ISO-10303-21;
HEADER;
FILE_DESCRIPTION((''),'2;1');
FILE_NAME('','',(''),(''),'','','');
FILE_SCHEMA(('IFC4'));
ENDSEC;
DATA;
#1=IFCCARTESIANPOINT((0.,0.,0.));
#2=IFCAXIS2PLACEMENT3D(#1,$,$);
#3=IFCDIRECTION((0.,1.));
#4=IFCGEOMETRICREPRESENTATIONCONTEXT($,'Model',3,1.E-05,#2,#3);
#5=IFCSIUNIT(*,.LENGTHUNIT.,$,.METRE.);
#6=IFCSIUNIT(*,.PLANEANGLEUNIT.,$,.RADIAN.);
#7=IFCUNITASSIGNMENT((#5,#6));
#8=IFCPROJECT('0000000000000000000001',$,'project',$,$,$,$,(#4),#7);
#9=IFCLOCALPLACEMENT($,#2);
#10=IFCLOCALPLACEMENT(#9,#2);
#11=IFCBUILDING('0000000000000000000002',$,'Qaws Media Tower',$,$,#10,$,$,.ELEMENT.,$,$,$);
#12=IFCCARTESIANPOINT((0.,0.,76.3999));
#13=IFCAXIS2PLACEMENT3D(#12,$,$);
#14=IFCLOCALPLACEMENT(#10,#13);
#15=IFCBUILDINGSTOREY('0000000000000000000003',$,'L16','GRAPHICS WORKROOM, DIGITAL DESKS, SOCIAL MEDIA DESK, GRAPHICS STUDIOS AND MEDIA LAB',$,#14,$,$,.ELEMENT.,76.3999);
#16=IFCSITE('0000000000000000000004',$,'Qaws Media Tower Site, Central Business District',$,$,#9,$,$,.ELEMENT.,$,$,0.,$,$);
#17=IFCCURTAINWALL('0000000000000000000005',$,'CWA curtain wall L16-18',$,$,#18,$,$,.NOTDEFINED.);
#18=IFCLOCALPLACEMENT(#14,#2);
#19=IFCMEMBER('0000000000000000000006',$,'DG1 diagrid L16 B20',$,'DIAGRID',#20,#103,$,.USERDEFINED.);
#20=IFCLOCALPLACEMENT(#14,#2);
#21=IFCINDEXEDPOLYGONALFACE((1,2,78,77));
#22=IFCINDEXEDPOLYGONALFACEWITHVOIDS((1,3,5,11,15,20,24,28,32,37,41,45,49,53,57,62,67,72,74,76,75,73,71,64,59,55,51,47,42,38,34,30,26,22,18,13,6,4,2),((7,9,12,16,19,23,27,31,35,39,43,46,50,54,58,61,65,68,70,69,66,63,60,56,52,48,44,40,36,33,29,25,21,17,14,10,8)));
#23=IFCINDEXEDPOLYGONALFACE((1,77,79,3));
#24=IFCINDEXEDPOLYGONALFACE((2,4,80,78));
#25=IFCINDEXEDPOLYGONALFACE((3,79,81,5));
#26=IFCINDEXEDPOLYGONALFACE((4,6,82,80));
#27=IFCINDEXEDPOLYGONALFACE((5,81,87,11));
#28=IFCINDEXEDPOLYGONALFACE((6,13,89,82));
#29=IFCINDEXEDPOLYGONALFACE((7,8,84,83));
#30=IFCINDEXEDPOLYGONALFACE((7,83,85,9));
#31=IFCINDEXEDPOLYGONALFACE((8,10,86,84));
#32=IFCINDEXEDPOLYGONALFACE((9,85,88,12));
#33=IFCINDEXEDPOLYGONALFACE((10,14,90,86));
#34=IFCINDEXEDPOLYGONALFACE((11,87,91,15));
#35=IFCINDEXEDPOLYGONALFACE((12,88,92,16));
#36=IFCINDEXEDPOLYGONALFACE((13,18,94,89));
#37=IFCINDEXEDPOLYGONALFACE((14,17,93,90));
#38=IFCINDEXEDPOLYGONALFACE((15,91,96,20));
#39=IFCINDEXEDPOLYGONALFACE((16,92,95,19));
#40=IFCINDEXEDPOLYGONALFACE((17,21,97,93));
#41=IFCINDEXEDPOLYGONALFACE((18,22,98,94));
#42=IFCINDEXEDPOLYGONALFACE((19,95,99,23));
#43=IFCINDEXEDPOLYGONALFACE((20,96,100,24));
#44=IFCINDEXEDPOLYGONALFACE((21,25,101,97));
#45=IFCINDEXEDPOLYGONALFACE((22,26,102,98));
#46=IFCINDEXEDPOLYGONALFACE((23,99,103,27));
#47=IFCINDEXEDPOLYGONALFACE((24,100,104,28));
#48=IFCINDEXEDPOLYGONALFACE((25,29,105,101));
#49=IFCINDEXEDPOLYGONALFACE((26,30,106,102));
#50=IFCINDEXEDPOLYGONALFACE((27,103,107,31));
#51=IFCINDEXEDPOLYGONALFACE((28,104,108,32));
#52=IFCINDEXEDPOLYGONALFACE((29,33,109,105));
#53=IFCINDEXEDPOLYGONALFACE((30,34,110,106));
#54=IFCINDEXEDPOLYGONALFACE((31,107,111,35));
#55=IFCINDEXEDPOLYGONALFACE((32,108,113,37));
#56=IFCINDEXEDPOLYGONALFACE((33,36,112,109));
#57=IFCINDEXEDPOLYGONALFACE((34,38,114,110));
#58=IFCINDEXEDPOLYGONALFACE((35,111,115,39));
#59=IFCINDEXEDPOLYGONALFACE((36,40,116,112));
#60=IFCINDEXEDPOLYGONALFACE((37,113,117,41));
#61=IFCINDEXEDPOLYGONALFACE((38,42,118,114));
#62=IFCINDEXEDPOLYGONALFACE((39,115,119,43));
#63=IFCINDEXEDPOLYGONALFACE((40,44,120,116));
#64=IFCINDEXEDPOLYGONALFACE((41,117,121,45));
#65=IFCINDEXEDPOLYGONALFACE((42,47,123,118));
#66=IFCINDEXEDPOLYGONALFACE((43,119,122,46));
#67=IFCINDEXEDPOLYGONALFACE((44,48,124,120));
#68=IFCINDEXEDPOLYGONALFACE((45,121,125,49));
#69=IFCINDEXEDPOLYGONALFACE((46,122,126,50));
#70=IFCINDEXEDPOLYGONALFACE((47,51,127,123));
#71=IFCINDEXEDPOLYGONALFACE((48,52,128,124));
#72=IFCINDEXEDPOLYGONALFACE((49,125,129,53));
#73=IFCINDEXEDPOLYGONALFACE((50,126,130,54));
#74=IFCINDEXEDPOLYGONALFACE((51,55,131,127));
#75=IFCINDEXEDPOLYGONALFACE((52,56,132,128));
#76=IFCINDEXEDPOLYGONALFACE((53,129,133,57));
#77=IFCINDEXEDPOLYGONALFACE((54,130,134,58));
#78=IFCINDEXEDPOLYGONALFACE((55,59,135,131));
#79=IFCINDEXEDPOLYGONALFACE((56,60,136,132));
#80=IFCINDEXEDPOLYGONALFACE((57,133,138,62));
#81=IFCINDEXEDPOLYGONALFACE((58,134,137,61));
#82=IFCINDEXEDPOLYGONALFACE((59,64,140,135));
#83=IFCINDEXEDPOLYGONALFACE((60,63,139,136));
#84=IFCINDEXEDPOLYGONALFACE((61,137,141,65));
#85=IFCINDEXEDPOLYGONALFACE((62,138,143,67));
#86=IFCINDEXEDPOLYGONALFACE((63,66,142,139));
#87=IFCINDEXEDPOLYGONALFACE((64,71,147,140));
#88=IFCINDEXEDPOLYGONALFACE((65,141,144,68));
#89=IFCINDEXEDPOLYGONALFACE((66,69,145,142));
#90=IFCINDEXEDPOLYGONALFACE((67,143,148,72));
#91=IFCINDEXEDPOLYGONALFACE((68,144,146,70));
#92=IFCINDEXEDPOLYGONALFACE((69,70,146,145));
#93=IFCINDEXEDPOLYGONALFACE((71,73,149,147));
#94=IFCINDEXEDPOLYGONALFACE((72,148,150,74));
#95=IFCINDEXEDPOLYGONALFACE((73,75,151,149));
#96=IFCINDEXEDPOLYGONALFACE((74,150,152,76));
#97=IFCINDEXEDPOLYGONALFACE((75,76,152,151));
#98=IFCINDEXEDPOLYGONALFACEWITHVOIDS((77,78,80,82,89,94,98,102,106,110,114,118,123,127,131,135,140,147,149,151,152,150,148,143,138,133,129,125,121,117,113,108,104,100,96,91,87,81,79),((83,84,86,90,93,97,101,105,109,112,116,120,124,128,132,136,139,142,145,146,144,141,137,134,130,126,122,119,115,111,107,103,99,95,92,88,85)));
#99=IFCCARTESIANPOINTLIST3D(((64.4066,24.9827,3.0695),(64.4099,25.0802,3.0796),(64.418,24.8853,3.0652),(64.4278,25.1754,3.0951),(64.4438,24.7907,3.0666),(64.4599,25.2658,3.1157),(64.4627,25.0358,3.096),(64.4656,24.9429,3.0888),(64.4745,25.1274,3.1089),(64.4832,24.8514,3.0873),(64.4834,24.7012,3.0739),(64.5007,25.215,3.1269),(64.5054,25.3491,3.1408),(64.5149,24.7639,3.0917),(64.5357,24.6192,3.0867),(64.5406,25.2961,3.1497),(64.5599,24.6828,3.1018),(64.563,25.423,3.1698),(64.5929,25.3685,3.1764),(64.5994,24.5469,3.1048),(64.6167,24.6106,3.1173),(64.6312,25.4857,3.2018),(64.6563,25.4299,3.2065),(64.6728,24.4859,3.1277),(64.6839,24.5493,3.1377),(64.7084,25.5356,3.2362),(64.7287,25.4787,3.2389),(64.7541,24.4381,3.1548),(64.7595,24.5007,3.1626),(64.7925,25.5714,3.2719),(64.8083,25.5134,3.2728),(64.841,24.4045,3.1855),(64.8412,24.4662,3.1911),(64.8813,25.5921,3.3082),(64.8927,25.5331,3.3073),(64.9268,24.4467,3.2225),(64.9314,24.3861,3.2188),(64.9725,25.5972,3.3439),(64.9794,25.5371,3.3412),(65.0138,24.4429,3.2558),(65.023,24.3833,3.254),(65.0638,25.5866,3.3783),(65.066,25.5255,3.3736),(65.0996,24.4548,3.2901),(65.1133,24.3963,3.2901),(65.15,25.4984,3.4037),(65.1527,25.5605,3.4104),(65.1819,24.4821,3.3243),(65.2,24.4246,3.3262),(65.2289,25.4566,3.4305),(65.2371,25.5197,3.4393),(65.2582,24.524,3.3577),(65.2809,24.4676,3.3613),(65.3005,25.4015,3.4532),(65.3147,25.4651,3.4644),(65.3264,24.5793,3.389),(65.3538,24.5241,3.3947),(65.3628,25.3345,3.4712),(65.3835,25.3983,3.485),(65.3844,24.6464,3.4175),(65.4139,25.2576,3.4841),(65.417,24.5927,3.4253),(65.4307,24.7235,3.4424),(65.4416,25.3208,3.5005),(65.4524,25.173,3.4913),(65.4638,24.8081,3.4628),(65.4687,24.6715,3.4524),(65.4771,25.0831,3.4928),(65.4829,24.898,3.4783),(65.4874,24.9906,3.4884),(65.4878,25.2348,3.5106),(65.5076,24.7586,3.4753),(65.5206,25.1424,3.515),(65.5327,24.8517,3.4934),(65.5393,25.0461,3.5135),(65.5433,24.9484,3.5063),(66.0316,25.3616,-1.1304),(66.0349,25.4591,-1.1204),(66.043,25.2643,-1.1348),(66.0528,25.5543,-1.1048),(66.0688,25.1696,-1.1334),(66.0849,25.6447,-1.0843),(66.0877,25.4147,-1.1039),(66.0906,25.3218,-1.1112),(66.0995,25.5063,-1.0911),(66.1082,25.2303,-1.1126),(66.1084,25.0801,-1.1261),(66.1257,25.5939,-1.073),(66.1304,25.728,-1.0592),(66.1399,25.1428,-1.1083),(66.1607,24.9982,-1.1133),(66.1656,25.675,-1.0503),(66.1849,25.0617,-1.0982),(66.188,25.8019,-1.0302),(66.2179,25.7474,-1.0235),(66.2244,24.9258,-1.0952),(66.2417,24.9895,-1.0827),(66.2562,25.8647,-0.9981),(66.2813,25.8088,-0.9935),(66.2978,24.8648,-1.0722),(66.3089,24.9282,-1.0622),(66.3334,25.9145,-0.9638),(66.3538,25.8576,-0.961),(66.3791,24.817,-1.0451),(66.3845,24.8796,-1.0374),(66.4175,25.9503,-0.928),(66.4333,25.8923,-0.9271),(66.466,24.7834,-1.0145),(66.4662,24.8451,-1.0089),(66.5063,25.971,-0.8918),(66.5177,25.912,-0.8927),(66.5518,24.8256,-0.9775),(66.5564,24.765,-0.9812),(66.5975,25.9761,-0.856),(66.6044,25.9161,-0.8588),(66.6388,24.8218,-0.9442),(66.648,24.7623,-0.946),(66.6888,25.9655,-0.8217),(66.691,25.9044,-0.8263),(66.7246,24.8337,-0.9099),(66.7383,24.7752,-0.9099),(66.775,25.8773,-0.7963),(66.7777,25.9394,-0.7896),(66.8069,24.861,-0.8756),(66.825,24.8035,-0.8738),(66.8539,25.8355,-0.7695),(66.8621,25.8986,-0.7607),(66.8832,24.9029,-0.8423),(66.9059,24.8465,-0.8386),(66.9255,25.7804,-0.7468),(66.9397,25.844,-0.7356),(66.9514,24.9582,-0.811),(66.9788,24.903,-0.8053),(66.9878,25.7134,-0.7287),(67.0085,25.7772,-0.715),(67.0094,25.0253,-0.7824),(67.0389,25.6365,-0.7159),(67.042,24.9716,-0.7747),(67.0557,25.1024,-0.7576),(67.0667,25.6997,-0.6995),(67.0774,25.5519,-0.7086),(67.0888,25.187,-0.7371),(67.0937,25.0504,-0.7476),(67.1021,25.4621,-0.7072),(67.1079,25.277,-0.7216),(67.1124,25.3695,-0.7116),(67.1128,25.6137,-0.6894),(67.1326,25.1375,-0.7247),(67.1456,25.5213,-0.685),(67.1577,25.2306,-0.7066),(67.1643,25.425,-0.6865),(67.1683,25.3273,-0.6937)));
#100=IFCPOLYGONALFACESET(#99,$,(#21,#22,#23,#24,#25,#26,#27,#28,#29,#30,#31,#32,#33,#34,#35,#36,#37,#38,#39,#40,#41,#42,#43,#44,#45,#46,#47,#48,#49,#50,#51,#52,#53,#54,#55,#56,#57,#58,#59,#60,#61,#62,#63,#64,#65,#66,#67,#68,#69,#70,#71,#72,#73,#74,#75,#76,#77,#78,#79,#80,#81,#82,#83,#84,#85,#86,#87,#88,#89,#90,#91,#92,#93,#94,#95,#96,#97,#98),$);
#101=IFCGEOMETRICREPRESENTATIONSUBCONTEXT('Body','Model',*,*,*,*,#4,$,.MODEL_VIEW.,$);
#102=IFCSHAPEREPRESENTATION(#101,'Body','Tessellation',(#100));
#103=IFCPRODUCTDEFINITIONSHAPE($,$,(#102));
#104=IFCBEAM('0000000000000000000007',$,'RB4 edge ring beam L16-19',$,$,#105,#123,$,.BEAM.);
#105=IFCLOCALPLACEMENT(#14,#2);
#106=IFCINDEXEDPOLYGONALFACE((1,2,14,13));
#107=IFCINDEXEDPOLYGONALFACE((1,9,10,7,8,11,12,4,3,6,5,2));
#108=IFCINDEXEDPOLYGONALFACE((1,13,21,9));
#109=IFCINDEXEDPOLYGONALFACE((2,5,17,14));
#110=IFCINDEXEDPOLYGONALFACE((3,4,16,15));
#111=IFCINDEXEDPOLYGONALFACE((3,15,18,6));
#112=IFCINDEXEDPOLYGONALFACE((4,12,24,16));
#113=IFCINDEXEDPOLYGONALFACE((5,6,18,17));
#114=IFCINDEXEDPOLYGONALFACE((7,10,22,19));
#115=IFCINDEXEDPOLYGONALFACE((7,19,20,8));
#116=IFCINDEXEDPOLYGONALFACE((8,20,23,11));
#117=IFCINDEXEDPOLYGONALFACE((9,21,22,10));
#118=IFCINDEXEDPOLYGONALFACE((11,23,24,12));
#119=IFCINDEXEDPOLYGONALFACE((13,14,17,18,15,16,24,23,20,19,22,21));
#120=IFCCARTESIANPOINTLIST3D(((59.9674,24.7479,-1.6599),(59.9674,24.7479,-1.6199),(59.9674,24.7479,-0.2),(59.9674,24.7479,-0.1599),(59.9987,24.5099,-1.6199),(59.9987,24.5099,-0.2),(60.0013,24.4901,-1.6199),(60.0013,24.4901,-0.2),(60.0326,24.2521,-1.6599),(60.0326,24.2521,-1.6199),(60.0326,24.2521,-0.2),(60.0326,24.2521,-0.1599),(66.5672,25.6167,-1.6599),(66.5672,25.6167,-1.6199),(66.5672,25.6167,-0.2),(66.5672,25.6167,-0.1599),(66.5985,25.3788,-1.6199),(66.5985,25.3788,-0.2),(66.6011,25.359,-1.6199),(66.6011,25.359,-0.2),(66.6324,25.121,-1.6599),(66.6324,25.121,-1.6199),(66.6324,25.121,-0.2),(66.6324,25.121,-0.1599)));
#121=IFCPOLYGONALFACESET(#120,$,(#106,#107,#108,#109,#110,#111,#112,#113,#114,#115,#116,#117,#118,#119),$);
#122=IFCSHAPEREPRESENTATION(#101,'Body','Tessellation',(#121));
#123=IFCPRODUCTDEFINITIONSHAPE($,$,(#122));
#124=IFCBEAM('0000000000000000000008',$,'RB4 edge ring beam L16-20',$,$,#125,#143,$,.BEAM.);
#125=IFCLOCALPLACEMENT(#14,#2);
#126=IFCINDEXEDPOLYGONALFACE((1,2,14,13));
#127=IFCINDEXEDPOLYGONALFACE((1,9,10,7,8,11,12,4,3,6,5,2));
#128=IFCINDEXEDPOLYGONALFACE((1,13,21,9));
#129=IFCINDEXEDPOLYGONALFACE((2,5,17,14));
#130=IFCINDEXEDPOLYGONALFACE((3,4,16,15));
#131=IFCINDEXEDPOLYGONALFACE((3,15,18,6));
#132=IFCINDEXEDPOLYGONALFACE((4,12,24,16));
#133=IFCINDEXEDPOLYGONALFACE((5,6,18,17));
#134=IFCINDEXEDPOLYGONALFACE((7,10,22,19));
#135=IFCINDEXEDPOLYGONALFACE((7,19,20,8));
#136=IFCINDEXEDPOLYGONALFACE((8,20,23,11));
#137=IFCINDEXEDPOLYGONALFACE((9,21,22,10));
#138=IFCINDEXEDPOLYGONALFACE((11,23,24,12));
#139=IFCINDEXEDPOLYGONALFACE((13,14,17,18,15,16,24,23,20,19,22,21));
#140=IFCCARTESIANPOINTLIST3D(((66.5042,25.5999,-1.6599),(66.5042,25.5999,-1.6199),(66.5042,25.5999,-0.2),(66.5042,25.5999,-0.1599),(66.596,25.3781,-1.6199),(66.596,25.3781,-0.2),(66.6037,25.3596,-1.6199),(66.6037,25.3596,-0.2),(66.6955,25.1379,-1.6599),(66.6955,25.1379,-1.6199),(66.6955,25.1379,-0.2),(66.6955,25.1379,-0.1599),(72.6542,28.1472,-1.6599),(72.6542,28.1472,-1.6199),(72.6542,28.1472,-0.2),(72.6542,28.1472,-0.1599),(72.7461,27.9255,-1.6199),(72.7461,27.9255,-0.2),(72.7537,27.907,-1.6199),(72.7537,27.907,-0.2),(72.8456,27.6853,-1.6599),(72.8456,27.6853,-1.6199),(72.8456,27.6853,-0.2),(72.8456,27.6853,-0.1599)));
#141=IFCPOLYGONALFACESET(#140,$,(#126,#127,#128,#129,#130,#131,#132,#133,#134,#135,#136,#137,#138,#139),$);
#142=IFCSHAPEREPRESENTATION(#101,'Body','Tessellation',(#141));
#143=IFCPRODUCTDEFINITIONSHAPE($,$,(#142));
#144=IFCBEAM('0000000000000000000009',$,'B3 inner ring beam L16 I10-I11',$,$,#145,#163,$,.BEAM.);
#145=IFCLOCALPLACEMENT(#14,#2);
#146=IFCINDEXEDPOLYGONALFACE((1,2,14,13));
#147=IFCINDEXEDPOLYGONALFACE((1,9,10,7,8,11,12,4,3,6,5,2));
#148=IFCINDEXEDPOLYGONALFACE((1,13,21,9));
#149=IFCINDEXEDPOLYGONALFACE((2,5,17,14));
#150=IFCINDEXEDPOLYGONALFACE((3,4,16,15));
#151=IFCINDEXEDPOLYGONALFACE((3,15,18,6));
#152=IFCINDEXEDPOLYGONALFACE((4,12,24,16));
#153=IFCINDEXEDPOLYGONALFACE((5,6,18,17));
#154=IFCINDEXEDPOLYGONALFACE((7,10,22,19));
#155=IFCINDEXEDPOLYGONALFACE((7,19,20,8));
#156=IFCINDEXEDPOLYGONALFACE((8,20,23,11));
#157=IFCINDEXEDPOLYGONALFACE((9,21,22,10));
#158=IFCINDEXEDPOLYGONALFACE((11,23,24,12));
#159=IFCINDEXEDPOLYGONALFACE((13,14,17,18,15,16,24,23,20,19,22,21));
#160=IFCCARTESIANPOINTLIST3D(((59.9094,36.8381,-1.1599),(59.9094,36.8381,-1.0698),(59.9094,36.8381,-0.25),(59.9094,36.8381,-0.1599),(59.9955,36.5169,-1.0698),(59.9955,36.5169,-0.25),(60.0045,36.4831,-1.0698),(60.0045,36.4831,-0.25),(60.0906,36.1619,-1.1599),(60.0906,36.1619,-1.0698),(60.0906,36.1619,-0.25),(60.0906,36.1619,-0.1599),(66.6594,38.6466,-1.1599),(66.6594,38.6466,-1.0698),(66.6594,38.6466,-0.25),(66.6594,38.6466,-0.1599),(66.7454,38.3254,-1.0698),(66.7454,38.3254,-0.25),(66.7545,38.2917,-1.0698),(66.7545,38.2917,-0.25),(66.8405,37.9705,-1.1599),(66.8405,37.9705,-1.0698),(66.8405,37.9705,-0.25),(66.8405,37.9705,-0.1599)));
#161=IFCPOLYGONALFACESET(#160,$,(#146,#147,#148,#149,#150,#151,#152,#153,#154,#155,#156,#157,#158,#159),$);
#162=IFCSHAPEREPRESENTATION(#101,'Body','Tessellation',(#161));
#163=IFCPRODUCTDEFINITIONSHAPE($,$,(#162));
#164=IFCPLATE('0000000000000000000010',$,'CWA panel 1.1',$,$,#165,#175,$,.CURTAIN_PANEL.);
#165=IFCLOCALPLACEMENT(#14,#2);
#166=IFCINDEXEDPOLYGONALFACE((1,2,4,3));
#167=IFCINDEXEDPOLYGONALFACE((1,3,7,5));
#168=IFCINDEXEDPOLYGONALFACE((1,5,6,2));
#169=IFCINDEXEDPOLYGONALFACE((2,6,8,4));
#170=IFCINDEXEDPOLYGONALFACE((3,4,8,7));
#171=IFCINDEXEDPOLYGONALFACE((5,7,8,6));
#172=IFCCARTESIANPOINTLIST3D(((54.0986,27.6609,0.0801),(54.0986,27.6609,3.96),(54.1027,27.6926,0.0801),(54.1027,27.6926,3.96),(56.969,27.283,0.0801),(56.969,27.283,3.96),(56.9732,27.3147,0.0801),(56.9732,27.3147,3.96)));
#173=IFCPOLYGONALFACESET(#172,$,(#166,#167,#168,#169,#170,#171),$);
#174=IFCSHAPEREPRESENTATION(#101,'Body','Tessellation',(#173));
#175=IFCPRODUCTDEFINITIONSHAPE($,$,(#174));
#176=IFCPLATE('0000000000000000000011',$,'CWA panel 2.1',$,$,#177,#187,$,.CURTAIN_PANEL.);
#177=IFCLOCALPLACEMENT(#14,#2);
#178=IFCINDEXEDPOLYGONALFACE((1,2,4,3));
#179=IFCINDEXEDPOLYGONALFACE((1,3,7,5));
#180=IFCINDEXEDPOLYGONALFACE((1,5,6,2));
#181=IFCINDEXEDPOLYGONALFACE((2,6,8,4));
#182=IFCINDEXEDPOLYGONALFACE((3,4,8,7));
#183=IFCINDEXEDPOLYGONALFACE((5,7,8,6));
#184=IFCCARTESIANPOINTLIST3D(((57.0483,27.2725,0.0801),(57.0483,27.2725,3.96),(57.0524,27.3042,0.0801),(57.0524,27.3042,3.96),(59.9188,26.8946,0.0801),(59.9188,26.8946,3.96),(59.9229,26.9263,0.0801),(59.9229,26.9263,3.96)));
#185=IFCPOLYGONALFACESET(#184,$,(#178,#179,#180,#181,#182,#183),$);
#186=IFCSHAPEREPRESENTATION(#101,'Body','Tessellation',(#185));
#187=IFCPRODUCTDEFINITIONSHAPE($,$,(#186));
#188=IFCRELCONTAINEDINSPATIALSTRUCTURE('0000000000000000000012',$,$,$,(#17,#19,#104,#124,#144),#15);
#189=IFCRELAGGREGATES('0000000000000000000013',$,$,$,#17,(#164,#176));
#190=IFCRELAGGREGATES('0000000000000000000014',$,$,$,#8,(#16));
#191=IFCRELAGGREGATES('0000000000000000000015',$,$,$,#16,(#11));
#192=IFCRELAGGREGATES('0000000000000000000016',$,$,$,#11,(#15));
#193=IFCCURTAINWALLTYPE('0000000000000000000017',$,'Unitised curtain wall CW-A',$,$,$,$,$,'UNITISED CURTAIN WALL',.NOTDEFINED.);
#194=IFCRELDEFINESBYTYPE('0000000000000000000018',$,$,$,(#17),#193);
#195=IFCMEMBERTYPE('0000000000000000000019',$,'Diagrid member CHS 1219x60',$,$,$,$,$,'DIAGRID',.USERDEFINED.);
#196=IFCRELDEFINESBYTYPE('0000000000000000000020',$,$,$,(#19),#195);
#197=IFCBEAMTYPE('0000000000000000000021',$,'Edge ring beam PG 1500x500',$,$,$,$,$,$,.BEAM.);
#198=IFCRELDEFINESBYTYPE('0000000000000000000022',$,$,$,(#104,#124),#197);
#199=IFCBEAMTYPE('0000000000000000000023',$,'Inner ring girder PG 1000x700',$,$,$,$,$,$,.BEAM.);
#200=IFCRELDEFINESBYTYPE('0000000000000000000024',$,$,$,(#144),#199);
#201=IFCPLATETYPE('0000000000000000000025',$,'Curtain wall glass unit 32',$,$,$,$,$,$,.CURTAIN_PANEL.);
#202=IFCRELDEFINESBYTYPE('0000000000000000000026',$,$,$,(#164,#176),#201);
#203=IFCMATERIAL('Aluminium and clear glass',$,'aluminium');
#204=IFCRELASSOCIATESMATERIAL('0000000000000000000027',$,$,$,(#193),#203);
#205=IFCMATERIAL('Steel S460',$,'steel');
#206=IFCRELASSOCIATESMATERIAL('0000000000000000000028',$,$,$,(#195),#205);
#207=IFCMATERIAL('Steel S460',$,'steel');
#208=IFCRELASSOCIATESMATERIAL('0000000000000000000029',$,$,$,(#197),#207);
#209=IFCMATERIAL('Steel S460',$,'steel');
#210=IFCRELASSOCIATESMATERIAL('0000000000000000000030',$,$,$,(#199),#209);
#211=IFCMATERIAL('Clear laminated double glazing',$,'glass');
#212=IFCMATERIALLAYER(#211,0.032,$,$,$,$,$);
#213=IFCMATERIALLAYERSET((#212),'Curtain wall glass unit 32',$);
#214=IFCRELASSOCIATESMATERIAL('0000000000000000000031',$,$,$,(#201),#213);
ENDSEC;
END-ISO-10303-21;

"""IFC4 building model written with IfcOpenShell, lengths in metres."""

from ifc_helpers import new_model, si_unit, direction, frame, origin, origin_2d, place, context, subcontext, project, spatial, rectangle, hollow_circle, i_section, extrude, material, layer, layer_set, material_profile, profile_set, type_object, element, aggregate, save


model = new_model("IFC4")

# Units and contexts
model_context = context("Model", 3, precision=1e-05, world=origin(), true_north=direction((0.0, 1.0)))
body_context = subcontext(model_context, "Body", "Model", "MODEL_VIEW")
ifc_project = project(units=[si_unit("LENGTHUNIT", "METRE"), si_unit("PLANEANGLEUNIT", "RADIAN")], contexts=[model_context])

# Site, building, storey
site_placement = place(None, origin())
site = spatial("IfcSite", under=ifc_project, at=site_placement, Name="Qaws Media Tower Site, Central Business District", CompositionType="ELEMENT", RefElevation=0.0)
building_placement = place(site_placement, origin())
building = spatial("IfcBuilding", under=site, at=building_placement, Name="Qaws Media Tower", CompositionType="ELEMENT")
storey_placement = place(building_placement, frame((0.0, 0.0, 76.3999)))
storey = spatial("IfcBuildingStorey", under=building, at=storey_placement, Name="L16", Description="GRAPHICS WORKROOM, DIGITAL DESKS, SOCIAL MEDIA DESK, GRAPHICS STUDIOS AND MEDIA LAB", CompositionType="ELEMENT", Elevation=76.3999)

# Curtain wall
ifc_material_1 = material(Name="Aluminium and clear glass", Category="aluminium")
curtain_wall_type = type_object("IfcCurtainWallType", Name="Unitised curtain wall CW-A", ElementType="UNITISED CURTAIN WALL", PredefinedType="NOTDEFINED", material=ifc_material_1)
curtain_wall_1_placement = place(storey_placement, origin())
curtain_wall_1 = element("IfcCurtainWall", 1, at=curtain_wall_1_placement, inside=storey, type_object=curtain_wall_type, Name="CWA curtain wall L16-18", PredefinedType="NOTDEFINED")

# Member
ifc_material_2 = material(Name="Steel S460", Category="steel")
ifc_material_profile_1 = material_profile(ifc_material_2, hollow_circle(Radius=0.6096, WallThickness=0.0601, at=origin_2d()), Name="CHS 1219x60")
ifc_profile_set_1 = profile_set([ifc_material_profile_1], Name="Steel S460")
member_type_1 = type_object("IfcMemberType", Name="Diagrid member CHS 1219x60", ElementType="DIAGRID", PredefinedType="USERDEFINED", material=ifc_profile_set_1)
for number, where, z_axis, x_axis, name in (
    (2, (66.5999, 25.3689, -0.9099), (-0.359571, -0.083842, 0.929343), (0.227082, -0.973876, 0.0), "DG1 diagrid L16 B20"),
):
    element("IfcMember", number, at=place(storey_placement, frame(where, z_axis=z_axis, x_axis=x_axis)), inside=storey, type_object=member_type_1, Name=name, ObjectType="DIAGRID", PredefinedType="USERDEFINED", context=body_context, shape_type="SweptSolid", body=[
        extrude(hollow_circle(Radius=0.6096, WallThickness=0.0601, at=origin_2d()), origin(), (0.0, 0.0, 1.0), 4.5193),
    ])

# Beams
ifc_material_3 = material(Name="Steel S460", Category="steel")
ifc_material_profile_2 = material_profile(ifc_material_3, i_section(OverallWidth=0.5, OverallDepth=1.5, WebThickness=0.02, FlangeThickness=0.04, at=origin_2d()), Name="PG 1500x500")
ifc_profile_set_2 = profile_set([ifc_material_profile_2], Name="Steel S460")
beam_type_1 = type_object("IfcBeamType", Name="Edge ring beam PG 1500x500", PredefinedType="BEAM", material=ifc_profile_set_2)
for number, where, z_axis, x_axis, name in (
    (3, (60.0, 24.5, -0.9099), (0.991445, 0.130528, 0.0), (-0.130528, 0.991445, 0.0), "RB4 edge ring beam L16-19"),
    (4, (66.5999, 25.3689, -0.9099), (0.923885, 0.382669, 0.0), (-0.382669, 0.923885, 0.0), "RB4 edge ring beam L16-20"),
):
    element("IfcBeam", number, at=place(storey_placement, frame(where, z_axis=z_axis, x_axis=x_axis)), inside=storey, type_object=beam_type_1, Name=name, PredefinedType="BEAM", context=body_context, shape_type="SweptSolid", body=[
        extrude(i_section(OverallWidth=0.5, OverallDepth=1.5, WebThickness=0.02, FlangeThickness=0.04, at=origin_2d()), origin(), (0.0, 0.0, 1.0), 6.6567),
    ])
ifc_material_4 = material(Name="Steel S460", Category="steel")
ifc_material_profile_3 = material_profile(ifc_material_4, i_section(OverallWidth=0.7, OverallDepth=1.0, WebThickness=0.0349, FlangeThickness=0.0901, at=origin_2d()), Name="PG 1000x700")
ifc_profile_set_3 = profile_set([ifc_material_profile_3], Name="Steel S460")
beam_type_2 = type_object("IfcBeamType", Name="Inner ring girder PG 1000x700", PredefinedType="BEAM", material=ifc_profile_set_3)
beam_placement = place(storey_placement, frame((60.0, 36.5, -0.6599), z_axis=(0.965928, 0.258811, 0.0), x_axis=(-0.258811, 0.965928, 0.0)))
element("IfcBeam", 5, at=beam_placement, inside=storey, type_object=beam_type_2, Name="B3 inner ring beam L16 I10-I11", PredefinedType="BEAM", context=body_context, shape_type="SweptSolid", body=[
    extrude(i_section(OverallWidth=0.7, OverallDepth=1.0, WebThickness=0.0349, FlangeThickness=0.0901, at=origin_2d()), origin(), (0.0, 0.0, 1.0), 6.988),
])

# Plates
ifc_material_5 = material(Name="Clear laminated double glazing", Category="glass")
ifc_layer_1 = layer(ifc_material_5, 0.032)
ifc_layer_set_1 = layer_set([ifc_layer_1], Name="Curtain wall glass unit 32")
plate_type_1 = type_object("IfcPlateType", Name="Curtain wall glass unit 32", PredefinedType="CURTAIN_PANEL", material=ifc_layer_set_1)
plate_1_placement = place(storey_placement, frame((55.5359, 27.4878, 0.0801), z_axis=(0.0, 0.0, 1.0), x_axis=(0.991445, -0.130526, 0.0)))
plate_1 = element("IfcPlate", 6, at=plate_1_placement, type_object=plate_type_1, Name="CWA panel 1.1", PredefinedType="CURTAIN_PANEL", context=body_context, shape_type="SweptSolid", body=[
    extrude(rectangle(XDim=2.8953, YDim=0.032, at=origin_2d()), origin(), (0.0, 0.0, 1.0), 3.8799),
])
plate_2_placement = place(storey_placement, frame((58.4856, 27.0994, 0.0801), z_axis=(0.0, 0.0, 1.0), x_axis=(0.991445, -0.130526, 0.0)))
plate_2 = element("IfcPlate", 7, at=plate_2_placement, type_object=plate_type_1, Name="CWA panel 2.1", PredefinedType="CURTAIN_PANEL", context=body_context, shape_type="SweptSolid", body=[
    extrude(rectangle(XDim=2.8953, YDim=0.032, at=origin_2d()), origin(), (0.0, 0.0, 1.0), 3.8799),
])
aggregate(curtain_wall_1, [plate_1, plate_2])

save(model, "model.ifc")
